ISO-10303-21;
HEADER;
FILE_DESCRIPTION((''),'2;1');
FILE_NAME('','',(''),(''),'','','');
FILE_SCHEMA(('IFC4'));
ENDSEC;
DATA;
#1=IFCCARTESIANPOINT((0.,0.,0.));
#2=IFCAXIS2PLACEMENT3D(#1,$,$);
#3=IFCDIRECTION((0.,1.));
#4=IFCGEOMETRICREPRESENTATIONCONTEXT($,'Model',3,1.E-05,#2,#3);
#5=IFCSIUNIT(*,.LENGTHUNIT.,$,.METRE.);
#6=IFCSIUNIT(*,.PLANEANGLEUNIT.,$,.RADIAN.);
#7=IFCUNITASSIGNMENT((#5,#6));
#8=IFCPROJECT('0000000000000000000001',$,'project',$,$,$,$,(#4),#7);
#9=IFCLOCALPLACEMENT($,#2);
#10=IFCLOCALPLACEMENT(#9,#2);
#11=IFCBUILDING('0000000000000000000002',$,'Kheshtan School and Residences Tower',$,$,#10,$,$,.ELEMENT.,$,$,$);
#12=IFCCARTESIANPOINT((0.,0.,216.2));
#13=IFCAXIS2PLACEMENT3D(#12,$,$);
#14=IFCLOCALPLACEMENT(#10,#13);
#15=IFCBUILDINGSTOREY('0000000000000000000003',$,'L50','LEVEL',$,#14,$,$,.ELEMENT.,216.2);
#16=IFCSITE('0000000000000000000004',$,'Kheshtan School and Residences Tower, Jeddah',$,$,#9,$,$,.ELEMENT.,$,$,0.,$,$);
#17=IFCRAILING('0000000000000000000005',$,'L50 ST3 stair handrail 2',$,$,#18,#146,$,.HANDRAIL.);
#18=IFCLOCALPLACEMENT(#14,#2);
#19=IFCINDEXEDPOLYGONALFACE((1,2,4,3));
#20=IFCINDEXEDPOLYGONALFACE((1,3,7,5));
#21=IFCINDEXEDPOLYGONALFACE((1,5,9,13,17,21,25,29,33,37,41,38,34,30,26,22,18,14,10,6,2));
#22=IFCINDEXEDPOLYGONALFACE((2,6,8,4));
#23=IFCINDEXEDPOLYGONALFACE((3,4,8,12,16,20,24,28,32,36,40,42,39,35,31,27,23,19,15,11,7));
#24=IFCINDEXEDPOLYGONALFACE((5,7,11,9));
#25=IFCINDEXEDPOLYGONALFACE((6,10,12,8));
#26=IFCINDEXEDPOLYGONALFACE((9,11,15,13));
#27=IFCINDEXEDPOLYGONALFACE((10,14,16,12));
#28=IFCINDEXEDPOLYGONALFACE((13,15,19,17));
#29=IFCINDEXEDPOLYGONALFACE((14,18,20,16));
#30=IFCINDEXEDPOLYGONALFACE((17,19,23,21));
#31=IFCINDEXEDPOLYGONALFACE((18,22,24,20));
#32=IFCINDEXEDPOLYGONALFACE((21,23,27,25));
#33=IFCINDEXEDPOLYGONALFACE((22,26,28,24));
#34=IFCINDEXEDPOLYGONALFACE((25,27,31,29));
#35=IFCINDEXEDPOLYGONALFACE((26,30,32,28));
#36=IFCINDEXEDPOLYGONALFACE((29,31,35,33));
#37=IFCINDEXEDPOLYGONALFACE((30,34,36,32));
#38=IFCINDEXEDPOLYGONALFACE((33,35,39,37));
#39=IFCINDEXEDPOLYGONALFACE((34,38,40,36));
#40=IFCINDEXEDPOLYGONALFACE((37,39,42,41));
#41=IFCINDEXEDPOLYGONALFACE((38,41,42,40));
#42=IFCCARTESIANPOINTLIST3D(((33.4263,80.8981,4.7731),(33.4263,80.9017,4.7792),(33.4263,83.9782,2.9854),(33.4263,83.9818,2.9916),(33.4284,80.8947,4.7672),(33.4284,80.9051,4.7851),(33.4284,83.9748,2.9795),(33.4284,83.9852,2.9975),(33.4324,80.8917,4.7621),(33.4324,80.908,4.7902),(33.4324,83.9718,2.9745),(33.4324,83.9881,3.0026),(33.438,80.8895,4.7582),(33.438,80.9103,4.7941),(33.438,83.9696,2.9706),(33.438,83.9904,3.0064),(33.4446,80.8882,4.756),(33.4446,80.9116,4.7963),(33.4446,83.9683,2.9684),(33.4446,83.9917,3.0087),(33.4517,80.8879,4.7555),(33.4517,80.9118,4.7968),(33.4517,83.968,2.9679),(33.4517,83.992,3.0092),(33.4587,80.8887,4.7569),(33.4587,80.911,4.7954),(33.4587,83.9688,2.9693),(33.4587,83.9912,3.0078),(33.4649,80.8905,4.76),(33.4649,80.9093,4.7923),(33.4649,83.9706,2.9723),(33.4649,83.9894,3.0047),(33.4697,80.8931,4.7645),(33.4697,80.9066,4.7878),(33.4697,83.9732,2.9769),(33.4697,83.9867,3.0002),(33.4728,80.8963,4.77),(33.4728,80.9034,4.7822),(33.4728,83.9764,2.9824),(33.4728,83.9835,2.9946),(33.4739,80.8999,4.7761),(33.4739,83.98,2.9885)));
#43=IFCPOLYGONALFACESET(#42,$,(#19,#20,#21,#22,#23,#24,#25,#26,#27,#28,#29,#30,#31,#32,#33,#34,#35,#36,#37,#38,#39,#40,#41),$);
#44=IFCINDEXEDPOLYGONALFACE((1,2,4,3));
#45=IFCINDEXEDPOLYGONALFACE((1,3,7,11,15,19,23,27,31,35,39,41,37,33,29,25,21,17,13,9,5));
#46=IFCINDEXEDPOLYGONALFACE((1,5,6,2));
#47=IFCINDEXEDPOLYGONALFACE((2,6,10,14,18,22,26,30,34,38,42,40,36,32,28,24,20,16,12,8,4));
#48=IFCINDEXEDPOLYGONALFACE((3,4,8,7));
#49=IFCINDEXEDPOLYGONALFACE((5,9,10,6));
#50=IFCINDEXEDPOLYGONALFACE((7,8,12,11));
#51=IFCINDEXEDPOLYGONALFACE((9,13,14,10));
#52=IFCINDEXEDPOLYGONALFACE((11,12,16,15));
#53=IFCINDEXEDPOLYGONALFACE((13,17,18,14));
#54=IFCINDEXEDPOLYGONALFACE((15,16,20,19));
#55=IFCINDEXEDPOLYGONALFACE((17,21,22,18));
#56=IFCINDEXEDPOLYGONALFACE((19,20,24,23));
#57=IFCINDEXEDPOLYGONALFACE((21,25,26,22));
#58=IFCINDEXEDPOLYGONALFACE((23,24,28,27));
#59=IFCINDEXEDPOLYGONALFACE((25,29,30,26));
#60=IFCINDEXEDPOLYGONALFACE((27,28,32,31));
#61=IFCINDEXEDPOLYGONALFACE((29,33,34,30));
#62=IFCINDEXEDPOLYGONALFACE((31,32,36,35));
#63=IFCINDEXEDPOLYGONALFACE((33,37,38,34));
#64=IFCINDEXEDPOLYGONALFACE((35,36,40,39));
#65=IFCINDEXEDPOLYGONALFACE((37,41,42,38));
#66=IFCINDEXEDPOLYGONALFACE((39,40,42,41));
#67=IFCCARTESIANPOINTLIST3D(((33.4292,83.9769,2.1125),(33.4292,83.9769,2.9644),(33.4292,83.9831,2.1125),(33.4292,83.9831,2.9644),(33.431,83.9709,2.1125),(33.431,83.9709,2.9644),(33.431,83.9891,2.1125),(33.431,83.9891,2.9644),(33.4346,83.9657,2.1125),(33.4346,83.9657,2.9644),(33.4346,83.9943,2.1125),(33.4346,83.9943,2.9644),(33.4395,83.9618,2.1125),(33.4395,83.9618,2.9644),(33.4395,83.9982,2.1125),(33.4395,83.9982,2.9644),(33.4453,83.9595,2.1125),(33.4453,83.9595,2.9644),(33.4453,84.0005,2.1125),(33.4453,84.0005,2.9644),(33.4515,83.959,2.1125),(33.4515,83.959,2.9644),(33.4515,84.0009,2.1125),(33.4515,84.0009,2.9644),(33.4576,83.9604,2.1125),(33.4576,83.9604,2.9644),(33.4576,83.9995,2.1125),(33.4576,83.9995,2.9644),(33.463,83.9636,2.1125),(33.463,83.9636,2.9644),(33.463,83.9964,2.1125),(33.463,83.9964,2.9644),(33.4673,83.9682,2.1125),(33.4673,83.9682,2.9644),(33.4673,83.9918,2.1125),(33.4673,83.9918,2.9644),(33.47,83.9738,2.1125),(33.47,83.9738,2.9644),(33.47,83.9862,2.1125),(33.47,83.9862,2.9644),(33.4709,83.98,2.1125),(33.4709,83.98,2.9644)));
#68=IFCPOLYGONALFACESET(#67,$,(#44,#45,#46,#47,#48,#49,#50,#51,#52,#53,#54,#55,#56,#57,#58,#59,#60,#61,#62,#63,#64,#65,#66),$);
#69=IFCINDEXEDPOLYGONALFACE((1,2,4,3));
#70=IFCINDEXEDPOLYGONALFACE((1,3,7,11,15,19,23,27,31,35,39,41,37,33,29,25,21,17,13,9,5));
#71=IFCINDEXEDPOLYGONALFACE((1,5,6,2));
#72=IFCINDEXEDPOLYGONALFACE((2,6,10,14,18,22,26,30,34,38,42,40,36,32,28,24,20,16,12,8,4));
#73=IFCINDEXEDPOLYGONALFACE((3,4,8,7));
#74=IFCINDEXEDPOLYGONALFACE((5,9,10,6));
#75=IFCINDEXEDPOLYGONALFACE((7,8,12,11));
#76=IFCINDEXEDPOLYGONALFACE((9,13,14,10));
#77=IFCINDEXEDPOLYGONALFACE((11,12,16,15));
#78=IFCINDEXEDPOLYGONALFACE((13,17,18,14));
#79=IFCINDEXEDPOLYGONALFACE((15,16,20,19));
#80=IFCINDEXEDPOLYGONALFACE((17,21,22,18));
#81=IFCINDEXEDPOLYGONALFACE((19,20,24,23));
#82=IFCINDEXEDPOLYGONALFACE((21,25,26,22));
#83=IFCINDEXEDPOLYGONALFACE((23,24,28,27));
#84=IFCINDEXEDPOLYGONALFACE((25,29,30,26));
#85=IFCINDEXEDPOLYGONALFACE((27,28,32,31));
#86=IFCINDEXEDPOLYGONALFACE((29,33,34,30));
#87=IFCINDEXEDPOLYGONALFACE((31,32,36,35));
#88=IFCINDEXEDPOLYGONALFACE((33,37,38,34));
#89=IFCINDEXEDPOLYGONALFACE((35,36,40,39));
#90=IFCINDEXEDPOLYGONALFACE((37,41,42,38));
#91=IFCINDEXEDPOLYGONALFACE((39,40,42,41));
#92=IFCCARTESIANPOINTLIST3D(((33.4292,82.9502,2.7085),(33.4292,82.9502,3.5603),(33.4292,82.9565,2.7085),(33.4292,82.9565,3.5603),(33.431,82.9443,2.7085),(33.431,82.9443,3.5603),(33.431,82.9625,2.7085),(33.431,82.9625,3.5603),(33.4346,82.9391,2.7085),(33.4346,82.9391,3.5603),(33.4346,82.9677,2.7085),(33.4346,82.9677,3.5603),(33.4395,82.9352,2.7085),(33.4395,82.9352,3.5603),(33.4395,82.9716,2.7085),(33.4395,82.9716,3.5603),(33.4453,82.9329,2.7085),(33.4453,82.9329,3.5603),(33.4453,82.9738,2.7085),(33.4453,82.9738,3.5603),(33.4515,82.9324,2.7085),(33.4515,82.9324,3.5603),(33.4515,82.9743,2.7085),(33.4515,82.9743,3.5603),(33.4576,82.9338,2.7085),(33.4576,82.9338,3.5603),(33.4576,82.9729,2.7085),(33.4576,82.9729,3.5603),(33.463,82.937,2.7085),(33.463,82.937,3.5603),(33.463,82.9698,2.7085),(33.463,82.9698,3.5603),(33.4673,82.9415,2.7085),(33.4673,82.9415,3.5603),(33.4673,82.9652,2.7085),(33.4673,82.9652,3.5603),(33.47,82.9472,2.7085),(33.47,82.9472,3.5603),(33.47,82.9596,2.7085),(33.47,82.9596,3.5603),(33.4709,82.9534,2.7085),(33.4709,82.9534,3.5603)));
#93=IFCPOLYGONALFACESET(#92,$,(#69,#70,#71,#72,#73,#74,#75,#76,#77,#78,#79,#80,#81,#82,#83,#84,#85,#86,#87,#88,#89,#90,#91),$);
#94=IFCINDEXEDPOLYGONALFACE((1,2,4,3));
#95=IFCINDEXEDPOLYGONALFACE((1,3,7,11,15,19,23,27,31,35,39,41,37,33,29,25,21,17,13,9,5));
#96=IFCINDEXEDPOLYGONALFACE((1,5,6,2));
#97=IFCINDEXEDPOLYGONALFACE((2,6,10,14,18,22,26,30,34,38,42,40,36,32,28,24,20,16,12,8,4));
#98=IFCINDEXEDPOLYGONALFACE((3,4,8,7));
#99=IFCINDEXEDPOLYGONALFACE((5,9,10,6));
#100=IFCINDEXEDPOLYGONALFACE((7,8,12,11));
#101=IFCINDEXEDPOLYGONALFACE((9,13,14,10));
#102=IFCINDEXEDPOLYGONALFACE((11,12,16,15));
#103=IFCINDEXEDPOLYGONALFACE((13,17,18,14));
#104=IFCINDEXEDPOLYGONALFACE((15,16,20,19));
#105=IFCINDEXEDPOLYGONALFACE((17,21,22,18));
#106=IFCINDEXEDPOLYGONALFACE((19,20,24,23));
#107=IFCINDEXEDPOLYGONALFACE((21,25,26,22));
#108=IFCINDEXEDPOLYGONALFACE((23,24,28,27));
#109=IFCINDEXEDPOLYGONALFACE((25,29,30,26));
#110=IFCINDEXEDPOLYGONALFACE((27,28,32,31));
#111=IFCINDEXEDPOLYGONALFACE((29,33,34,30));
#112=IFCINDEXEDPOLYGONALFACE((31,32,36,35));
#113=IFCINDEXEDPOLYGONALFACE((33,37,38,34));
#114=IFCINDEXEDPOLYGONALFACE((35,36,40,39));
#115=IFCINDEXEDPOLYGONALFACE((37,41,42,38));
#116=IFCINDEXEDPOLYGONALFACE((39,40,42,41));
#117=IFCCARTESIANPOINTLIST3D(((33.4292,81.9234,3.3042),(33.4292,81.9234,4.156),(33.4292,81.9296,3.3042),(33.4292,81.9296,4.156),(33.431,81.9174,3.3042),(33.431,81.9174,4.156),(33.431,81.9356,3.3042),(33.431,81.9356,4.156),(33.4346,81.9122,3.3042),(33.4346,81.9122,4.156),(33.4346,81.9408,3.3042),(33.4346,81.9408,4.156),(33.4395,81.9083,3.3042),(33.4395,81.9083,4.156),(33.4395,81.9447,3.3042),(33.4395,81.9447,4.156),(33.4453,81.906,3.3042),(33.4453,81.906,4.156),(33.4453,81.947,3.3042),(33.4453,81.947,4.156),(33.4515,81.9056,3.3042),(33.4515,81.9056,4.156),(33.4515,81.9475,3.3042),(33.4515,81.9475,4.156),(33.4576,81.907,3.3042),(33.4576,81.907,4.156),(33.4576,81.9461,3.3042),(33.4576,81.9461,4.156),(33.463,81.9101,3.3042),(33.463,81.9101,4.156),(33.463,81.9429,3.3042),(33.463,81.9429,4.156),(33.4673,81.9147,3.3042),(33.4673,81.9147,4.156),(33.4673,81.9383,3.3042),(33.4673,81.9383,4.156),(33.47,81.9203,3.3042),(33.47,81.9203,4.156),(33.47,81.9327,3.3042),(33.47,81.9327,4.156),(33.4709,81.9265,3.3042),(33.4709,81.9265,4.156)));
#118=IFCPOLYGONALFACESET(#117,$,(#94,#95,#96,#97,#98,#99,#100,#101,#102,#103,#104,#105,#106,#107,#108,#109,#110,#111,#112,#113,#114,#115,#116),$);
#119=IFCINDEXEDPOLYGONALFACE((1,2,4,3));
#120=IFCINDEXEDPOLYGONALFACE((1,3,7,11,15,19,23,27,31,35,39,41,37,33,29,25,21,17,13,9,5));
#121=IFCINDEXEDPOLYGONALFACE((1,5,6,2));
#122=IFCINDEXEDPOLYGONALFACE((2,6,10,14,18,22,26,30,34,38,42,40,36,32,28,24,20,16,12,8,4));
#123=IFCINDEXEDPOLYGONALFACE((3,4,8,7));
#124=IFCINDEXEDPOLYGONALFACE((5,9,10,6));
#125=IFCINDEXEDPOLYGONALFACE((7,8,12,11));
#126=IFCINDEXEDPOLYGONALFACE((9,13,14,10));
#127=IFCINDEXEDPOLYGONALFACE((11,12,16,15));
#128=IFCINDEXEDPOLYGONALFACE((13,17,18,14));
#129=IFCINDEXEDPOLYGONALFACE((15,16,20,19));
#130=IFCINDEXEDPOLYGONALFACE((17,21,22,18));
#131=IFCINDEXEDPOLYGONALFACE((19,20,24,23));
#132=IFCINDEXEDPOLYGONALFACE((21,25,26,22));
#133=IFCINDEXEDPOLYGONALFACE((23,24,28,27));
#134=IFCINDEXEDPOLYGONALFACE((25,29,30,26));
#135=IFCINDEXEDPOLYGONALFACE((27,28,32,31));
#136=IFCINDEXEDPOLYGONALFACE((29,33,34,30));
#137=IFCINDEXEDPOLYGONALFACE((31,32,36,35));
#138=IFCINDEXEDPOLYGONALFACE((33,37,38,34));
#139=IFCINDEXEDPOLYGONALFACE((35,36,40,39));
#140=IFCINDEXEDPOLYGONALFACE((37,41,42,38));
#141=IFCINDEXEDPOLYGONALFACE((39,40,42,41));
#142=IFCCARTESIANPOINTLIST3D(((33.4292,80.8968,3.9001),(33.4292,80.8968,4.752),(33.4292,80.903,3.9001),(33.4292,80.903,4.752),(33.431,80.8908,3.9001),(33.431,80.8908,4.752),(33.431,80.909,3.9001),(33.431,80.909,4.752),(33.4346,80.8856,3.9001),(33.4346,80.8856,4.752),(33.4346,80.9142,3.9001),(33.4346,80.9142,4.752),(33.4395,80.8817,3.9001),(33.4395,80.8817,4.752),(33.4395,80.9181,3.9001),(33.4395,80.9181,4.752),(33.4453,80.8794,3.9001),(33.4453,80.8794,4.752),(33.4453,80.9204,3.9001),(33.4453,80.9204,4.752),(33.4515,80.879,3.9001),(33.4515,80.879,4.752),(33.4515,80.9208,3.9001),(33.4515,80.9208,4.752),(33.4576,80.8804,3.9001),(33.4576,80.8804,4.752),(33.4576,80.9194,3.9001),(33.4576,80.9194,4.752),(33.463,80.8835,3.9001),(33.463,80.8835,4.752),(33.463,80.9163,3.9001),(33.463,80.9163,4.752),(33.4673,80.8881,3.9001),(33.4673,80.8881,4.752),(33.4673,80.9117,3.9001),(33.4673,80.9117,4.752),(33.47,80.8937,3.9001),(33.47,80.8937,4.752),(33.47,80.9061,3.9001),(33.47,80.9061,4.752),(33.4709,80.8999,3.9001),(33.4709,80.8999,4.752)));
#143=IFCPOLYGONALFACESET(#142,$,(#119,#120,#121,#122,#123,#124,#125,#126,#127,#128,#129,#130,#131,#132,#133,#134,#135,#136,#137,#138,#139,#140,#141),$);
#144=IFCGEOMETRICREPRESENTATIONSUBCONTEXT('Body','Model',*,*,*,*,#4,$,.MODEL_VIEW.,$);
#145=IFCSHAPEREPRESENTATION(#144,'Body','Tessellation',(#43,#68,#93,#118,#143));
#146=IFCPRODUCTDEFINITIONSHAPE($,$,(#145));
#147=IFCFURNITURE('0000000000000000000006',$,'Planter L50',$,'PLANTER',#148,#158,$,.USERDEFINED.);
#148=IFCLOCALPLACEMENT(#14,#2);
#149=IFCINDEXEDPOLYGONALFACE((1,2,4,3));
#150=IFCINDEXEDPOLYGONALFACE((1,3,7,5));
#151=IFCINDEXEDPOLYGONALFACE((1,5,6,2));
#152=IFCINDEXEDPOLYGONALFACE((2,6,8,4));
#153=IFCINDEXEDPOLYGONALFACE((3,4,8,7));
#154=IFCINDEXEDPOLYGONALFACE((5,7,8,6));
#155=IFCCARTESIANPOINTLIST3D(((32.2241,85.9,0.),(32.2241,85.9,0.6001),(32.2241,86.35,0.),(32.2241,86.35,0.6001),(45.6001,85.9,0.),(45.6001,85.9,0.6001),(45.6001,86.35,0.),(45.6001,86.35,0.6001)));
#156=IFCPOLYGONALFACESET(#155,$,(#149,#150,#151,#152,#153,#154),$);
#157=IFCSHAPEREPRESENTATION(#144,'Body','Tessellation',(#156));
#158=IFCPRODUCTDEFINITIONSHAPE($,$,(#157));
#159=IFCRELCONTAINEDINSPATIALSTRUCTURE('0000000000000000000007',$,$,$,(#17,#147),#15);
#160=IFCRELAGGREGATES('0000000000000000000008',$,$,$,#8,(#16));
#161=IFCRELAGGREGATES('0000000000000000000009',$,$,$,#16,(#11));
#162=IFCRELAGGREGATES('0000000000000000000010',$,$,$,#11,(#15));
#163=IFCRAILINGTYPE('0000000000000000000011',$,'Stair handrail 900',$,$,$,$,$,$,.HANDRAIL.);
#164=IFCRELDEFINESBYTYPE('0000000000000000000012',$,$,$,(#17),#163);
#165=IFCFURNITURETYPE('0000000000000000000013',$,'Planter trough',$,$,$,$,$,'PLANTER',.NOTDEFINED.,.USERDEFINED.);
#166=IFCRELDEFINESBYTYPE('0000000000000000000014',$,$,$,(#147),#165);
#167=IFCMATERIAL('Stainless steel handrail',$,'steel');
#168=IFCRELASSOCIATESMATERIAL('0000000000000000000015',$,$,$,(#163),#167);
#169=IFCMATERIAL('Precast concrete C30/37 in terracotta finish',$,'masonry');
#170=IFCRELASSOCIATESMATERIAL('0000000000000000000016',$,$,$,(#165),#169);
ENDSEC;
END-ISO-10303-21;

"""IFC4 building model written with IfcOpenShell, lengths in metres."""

from ifc_helpers import new_model, si_unit, direction, frame, origin, origin_2d, place, context, subcontext, project, spatial, rectangle, circle, extrude, material, type_object, element, save


model = new_model("IFC4")

# Units and contexts
model_context = context("Model", 3, precision=1e-05, world=origin(), true_north=direction((0.0, 1.0)))
body_context = subcontext(model_context, "Body", "Model", "MODEL_VIEW")
ifc_project = project(units=[si_unit("LENGTHUNIT", "METRE"), si_unit("PLANEANGLEUNIT", "RADIAN")], contexts=[model_context])

# Site, building, storey
site_placement = place(None, origin())
site = spatial("IfcSite", under=ifc_project, at=site_placement, Name="Kheshtan School and Residences Tower, Jeddah", CompositionType="ELEMENT", RefElevation=0.0)
building_placement = place(site_placement, origin())
building = spatial("IfcBuilding", under=site, at=building_placement, Name="Kheshtan School and Residences Tower", CompositionType="ELEMENT")
storey_placement = place(building_placement, frame((0.0, 0.0, 216.2)))
storey = spatial("IfcBuildingStorey", under=building, at=storey_placement, Name="L50", Description="LEVEL", CompositionType="ELEMENT", Elevation=216.2)

# Railing
ifc_material_1 = material(Name="Stainless steel handrail", Category="steel")
railing_type_1 = type_object("IfcRailingType", Name="Stair handrail 900", PredefinedType="HANDRAIL", material=ifc_material_1)
railing_1_placement = place(storey_placement, frame((33.45, 83.98, 2.1125)))
element("IfcRailing", 1, at=railing_1_placement, inside=storey, type_object=railing_type_1, Name="L50 ST3 stair handrail 2", PredefinedType="HANDRAIL", context=body_context, shape_type="SweptSolid", body=[
    extrude(circle(Radius=0.0239, at=origin_2d()), frame((0.0, 0.0, 0.876), z_axis=(0.0, -0.864891, 0.50196), x_axis=(1.0, 0.0, 0.0)), (0.0, 0.0, 1.0), 3.5613),
    extrude(circle(Radius=0.021, at=origin_2d()), origin(), (0.0, 0.0, 1.0), 0.8518),
    extrude(circle(Radius=0.021, at=origin_2d()), frame((0.0, -1.0266, 0.5959)), (0.0, 0.0, 1.0), 0.8518),
    extrude(circle(Radius=0.021, at=origin_2d()), frame((0.0, -2.0535, 1.1917)), (0.0, 0.0, 1.0), 0.8518),
    extrude(circle(Radius=0.021, at=origin_2d()), frame((0.0, -3.0801, 1.7876)), (0.0, 0.0, 1.0), 0.8518),
])

# Furniture
ifc_material_2 = material(Name="Precast concrete C30/37 in terracotta finish", Category="masonry")
furniture_type = type_object("IfcFurnitureType", Name="Planter trough", ElementType="PLANTER", AssemblyPlace="NOTDEFINED", PredefinedType="USERDEFINED", material=ifc_material_2)
furniture_placement = place(storey_placement, frame((38.9121, 86.125, 0.0), z_axis=(0.0, 0.0, 1.0), x_axis=(1.0, 0.0, 0.0)))
element("IfcFurniture", 2, at=furniture_placement, inside=storey, type_object=furniture_type, Name="Planter L50", ObjectType="PLANTER", PredefinedType="USERDEFINED", context=body_context, shape_type="SweptSolid", body=[
    extrude(rectangle(XDim=13.376, YDim=0.45, at=origin_2d()), origin(), (0.0, 0.0, 1.0), 0.6001),
])

save(model, "model.ifc")
